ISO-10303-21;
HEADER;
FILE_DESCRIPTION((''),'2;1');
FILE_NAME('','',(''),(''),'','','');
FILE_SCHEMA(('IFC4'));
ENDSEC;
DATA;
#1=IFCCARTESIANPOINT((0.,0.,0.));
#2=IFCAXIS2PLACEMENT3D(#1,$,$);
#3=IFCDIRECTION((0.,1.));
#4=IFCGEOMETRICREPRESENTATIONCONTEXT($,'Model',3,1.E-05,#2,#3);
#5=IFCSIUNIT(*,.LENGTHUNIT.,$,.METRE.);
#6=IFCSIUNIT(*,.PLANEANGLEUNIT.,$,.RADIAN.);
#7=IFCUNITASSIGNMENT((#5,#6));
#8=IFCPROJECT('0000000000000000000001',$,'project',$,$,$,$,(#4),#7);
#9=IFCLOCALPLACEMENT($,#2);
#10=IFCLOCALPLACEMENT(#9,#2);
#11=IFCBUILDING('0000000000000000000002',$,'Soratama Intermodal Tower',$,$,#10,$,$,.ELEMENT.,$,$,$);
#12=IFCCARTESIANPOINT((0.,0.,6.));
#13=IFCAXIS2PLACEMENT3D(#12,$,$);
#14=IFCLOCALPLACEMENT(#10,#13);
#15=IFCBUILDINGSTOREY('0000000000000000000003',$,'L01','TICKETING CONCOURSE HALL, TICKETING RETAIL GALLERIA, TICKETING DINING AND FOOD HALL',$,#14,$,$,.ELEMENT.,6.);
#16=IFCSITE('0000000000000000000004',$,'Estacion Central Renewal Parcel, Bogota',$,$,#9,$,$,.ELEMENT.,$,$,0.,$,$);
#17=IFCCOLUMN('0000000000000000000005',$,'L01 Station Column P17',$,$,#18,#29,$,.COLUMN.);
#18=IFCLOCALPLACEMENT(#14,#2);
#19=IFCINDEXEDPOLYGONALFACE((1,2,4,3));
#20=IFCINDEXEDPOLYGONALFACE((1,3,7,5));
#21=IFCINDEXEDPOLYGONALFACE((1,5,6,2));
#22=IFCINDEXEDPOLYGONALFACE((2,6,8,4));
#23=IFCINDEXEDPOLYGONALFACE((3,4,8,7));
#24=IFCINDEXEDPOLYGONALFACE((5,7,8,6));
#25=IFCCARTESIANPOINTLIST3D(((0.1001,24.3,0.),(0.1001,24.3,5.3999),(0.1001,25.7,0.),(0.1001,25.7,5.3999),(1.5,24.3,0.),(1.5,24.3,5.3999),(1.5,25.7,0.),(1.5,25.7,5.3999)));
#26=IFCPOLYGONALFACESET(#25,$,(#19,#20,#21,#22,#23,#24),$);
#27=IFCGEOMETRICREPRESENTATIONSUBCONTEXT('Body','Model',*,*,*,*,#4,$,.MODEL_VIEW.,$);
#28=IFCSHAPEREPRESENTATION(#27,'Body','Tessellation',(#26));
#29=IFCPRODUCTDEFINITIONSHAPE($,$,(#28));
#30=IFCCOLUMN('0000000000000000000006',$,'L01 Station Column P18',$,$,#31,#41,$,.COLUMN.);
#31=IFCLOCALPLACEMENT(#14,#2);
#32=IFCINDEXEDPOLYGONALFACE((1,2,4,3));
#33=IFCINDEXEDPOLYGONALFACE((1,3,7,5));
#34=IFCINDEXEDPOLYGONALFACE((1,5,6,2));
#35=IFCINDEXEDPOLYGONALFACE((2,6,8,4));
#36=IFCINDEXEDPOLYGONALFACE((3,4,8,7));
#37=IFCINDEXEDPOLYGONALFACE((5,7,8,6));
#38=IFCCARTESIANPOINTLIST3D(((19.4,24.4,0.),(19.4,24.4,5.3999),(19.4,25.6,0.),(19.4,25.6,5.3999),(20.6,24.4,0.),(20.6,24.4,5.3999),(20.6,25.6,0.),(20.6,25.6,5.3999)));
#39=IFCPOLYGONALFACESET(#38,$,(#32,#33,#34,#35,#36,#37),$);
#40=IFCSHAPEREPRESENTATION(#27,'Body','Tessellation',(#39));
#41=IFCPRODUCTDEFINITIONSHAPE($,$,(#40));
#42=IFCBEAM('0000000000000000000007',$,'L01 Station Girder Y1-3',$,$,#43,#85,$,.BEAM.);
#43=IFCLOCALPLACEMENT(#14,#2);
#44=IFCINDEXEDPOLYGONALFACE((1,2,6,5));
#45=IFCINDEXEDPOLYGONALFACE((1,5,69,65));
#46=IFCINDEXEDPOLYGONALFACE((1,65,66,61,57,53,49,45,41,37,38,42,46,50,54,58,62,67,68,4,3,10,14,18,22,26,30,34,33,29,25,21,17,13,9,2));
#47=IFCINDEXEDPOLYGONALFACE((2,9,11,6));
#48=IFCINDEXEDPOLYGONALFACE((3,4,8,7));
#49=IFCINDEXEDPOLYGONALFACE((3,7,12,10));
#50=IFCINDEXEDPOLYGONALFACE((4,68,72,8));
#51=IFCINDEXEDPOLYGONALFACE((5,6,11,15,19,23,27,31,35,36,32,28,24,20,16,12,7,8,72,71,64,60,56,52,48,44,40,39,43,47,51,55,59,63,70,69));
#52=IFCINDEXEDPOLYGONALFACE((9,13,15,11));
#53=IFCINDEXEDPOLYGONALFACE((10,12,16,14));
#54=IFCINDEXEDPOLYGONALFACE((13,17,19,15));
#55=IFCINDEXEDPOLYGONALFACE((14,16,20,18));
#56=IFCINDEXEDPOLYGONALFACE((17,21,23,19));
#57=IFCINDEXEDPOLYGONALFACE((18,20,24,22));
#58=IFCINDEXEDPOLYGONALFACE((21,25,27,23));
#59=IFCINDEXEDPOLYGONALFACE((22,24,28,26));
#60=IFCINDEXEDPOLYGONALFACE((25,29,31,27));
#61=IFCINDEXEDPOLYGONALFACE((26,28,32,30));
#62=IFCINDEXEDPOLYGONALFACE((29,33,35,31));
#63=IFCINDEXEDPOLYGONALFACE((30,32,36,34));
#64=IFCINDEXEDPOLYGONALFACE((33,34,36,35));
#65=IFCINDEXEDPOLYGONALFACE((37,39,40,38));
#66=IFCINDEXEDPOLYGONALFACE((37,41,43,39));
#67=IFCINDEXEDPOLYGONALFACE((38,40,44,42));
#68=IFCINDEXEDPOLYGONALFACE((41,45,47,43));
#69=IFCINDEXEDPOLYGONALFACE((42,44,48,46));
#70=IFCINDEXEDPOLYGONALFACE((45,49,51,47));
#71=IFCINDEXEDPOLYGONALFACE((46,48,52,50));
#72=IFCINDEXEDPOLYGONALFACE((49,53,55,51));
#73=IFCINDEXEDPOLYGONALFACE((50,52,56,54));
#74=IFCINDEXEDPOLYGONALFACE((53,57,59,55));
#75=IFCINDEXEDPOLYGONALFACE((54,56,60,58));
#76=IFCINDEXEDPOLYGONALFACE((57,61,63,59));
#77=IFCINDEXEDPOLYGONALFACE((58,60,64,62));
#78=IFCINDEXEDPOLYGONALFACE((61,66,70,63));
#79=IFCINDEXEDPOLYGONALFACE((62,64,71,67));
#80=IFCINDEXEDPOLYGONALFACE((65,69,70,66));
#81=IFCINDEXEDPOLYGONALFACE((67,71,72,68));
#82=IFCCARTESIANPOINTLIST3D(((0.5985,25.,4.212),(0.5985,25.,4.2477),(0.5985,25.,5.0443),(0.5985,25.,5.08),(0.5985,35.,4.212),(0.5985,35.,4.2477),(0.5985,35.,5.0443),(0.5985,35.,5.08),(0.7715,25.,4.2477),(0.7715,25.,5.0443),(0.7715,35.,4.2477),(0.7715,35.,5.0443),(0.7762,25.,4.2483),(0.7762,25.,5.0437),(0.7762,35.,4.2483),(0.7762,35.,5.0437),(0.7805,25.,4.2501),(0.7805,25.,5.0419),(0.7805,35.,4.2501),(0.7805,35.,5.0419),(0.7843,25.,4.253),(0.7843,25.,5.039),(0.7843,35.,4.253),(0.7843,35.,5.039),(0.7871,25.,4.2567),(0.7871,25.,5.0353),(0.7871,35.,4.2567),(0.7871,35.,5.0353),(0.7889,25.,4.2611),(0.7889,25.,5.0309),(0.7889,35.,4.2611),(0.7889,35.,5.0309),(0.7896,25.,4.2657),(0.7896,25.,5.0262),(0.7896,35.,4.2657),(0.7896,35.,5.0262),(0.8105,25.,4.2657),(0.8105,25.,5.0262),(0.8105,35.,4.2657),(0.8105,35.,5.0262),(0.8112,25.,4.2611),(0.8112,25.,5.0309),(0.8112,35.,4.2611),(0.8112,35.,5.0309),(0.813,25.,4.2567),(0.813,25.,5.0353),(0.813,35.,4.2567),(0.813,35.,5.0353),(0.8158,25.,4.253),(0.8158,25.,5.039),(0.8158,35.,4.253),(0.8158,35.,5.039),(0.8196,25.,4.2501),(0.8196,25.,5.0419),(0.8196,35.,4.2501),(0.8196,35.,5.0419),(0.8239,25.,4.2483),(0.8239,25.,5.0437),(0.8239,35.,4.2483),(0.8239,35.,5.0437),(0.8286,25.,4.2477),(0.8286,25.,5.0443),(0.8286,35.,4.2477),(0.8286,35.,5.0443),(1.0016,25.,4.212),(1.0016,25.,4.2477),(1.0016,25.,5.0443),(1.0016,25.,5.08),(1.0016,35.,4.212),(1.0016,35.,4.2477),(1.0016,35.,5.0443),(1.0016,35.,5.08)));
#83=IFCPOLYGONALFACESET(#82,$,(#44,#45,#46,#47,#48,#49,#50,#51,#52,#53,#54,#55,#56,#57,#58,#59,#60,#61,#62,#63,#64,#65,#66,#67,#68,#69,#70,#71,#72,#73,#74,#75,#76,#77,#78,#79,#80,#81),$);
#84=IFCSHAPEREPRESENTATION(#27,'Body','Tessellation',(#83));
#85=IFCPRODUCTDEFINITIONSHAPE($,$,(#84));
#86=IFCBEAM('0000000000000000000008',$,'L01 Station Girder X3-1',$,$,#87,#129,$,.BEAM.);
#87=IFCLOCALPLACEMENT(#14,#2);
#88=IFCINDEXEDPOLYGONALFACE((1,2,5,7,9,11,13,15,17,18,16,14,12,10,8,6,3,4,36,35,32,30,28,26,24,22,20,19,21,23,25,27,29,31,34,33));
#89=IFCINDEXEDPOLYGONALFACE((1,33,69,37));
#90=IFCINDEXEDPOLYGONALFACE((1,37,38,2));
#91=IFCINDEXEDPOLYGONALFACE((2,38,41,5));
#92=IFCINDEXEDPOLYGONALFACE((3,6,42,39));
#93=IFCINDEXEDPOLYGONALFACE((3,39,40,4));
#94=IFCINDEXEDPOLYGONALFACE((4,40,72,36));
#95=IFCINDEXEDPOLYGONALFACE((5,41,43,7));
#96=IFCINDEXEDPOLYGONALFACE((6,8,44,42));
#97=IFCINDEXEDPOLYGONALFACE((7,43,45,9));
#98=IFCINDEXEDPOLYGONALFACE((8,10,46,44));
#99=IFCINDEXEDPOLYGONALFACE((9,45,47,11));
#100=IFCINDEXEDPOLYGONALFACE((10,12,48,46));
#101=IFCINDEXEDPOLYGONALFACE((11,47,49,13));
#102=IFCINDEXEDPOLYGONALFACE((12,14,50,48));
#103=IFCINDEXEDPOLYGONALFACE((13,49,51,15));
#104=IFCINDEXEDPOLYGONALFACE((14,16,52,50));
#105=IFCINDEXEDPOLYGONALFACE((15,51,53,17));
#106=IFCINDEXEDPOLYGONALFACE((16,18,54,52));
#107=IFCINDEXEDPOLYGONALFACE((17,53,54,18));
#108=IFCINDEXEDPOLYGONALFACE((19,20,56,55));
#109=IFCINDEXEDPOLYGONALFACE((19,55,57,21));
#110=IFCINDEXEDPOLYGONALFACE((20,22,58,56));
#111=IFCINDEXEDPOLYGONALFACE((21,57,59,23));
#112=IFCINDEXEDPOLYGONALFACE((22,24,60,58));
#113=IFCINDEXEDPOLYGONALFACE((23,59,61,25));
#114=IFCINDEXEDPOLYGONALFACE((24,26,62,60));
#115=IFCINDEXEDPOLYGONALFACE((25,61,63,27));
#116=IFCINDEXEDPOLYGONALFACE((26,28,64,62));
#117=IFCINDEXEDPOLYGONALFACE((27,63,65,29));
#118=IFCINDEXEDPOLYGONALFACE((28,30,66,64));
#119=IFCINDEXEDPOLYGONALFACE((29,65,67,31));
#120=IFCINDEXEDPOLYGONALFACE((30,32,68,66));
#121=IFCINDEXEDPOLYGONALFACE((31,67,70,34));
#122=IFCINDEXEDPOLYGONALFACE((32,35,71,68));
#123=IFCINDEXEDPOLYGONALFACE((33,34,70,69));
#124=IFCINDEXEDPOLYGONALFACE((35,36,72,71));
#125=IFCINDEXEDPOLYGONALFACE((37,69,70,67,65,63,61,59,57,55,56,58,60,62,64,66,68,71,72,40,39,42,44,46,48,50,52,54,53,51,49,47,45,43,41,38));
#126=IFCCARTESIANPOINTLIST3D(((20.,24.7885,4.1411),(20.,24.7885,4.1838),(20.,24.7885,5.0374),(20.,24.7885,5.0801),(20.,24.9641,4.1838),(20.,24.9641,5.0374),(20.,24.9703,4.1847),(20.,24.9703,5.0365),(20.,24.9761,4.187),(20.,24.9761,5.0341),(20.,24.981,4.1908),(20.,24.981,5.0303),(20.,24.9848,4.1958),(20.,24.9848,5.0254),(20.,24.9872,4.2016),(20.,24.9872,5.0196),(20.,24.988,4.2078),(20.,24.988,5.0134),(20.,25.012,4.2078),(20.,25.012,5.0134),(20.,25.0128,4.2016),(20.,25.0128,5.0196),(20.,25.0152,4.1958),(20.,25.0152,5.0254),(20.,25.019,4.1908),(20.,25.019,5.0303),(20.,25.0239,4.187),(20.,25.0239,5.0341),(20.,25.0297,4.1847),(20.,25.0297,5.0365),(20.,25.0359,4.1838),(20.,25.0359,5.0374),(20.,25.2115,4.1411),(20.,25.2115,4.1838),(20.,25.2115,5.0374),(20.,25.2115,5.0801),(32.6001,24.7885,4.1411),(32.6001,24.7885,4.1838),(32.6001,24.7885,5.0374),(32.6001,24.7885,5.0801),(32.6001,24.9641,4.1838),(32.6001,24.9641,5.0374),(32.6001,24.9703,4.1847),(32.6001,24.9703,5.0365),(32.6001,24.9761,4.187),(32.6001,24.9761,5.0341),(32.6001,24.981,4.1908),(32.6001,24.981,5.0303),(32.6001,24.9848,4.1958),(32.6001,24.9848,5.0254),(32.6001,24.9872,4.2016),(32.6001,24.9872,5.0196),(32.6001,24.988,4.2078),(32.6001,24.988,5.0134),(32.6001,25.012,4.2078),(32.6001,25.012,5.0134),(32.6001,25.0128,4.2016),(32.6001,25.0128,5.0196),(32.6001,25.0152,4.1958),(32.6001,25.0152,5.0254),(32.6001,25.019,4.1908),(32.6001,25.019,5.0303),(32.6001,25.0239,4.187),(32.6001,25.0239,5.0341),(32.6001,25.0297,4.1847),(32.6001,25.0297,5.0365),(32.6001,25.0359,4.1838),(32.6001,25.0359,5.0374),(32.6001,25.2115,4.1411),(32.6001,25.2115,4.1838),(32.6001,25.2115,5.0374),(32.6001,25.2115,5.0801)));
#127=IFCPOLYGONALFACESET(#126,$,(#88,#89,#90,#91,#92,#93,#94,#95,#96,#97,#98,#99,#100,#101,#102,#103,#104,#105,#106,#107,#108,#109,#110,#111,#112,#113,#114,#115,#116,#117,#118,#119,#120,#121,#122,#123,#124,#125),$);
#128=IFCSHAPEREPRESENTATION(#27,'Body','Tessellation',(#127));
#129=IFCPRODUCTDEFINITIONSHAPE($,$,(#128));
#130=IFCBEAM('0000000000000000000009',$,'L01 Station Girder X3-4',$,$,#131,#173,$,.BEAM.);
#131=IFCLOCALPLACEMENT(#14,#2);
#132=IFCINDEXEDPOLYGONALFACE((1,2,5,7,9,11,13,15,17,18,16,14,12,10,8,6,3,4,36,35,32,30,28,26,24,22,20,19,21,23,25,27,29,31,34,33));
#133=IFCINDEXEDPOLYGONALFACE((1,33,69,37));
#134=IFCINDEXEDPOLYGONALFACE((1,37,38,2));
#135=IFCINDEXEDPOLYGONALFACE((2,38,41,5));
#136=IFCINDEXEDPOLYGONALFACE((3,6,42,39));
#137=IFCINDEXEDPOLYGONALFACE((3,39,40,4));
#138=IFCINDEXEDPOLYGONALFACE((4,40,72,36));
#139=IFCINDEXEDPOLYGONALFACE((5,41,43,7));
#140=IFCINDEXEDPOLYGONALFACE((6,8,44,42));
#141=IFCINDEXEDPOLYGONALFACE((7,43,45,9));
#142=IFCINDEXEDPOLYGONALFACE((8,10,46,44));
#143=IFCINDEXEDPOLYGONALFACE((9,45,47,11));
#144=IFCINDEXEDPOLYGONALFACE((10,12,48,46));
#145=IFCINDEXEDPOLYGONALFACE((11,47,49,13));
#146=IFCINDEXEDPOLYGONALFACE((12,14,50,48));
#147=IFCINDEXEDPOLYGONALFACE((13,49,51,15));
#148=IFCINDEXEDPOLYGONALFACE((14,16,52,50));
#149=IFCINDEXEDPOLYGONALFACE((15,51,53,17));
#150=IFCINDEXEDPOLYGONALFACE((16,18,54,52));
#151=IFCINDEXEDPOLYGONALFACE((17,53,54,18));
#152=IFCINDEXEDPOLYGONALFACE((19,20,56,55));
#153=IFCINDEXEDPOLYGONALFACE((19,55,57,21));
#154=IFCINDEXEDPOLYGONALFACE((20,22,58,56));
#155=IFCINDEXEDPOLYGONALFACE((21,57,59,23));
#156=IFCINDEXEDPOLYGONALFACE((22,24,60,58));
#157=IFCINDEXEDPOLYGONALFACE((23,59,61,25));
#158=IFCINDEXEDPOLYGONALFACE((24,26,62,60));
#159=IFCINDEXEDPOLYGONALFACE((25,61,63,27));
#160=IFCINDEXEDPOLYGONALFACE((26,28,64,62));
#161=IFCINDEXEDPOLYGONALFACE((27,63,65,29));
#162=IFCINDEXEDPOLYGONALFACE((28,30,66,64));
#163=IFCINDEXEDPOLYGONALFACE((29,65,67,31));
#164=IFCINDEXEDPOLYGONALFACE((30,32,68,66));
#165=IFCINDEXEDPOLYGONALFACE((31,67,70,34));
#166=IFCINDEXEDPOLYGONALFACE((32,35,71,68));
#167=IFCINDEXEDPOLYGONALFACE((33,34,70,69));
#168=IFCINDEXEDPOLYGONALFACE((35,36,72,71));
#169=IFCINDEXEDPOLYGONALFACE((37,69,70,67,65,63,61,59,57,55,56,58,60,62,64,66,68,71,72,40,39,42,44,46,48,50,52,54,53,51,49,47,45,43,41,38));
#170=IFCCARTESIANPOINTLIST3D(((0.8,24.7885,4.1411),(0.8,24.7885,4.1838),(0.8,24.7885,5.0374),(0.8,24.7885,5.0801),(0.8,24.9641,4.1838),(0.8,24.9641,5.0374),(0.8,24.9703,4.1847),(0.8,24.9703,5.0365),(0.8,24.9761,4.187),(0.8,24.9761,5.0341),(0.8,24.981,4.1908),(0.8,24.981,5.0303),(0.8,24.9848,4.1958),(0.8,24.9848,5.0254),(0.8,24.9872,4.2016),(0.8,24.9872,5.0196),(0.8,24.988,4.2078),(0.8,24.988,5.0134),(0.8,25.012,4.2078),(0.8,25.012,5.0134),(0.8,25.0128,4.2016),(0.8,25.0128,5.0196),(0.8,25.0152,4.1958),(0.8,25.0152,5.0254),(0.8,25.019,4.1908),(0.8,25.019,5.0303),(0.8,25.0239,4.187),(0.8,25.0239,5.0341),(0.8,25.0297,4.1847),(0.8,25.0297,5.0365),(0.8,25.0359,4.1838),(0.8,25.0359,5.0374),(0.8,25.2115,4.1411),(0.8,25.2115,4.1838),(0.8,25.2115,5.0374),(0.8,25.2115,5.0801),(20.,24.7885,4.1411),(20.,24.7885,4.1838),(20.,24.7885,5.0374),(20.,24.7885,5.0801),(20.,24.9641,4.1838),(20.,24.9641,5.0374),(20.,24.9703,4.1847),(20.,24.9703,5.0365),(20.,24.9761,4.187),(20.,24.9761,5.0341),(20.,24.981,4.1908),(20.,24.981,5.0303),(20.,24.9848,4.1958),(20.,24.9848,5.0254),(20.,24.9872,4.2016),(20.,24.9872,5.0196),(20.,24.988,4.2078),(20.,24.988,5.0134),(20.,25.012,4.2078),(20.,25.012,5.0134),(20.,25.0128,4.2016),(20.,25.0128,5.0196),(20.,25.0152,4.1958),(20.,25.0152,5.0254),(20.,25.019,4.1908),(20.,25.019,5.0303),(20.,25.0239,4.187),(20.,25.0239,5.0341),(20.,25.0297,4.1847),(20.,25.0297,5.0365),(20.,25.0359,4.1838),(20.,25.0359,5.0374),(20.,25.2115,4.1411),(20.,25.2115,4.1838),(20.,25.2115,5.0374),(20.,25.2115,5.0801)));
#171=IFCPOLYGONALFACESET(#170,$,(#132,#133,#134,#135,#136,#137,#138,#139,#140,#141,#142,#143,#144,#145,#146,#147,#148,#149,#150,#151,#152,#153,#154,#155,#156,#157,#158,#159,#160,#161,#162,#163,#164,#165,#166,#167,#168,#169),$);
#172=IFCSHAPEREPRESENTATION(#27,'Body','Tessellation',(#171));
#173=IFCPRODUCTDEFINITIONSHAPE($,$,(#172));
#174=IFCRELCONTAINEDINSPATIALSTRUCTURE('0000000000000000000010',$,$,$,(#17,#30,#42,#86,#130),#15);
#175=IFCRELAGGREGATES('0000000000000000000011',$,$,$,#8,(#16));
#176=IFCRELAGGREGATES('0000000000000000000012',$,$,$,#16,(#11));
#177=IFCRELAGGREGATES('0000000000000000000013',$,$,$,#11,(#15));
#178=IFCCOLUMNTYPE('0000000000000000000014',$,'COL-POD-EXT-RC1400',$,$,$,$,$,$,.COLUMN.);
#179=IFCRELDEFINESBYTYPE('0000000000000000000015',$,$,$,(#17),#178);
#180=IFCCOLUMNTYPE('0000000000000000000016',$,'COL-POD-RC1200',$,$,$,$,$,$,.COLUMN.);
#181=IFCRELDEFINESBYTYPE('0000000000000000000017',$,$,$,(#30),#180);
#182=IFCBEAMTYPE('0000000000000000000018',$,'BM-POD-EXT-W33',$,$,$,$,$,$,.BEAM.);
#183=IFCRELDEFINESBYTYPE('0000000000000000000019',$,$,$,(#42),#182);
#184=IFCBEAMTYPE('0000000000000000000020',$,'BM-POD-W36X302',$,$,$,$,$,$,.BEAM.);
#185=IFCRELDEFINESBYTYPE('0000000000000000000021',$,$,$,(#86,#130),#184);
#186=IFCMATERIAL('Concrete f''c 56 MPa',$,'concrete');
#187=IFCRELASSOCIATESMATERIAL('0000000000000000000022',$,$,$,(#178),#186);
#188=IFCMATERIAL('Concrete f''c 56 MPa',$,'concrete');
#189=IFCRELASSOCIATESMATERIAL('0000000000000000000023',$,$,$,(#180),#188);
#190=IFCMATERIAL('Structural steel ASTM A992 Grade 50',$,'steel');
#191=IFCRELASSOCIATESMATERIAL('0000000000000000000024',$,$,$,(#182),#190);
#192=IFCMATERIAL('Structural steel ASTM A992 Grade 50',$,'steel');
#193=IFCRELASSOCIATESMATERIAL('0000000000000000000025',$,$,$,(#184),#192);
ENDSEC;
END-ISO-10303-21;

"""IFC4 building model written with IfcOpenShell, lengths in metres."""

from ifc_helpers import new_model, si_unit, direction, frame, origin, origin_2d, place, context, subcontext, project, spatial, rectangle, i_section, extrude, material, material_profile, profile_set, type_object, element, save


model = new_model("IFC4")

# Units and contexts
model_context = context("Model", 3, precision=1e-05, world=origin(), true_north=direction((0.0, 1.0)))
body_context = subcontext(model_context, "Body", "Model", "MODEL_VIEW")
ifc_project = project(units=[si_unit("LENGTHUNIT", "METRE"), si_unit("PLANEANGLEUNIT", "RADIAN")], contexts=[model_context])

# Site, building, storey
site_placement = place(None, origin())
site = spatial("IfcSite", under=ifc_project, at=site_placement, Name="Estacion Central Renewal Parcel, Bogota", CompositionType="ELEMENT", RefElevation=0.0)
building_placement = place(site_placement, origin())
building = spatial("IfcBuilding", under=site, at=building_placement, Name="Soratama Intermodal Tower", CompositionType="ELEMENT")
storey_placement = place(building_placement, frame((0.0, 0.0, 6.0)))
storey = spatial("IfcBuildingStorey", under=building, at=storey_placement, Name="L01", Description="TICKETING CONCOURSE HALL, TICKETING RETAIL GALLERIA, TICKETING DINING AND FOOD HALL", CompositionType="ELEMENT", Elevation=6.0)

# Columns
ifc_material_1 = material(Name="Concrete f'c 56 MPa", Category="concrete")
ifc_material_profile_1 = material_profile(ifc_material_1, rectangle(XDim=1.3999, YDim=1.3999, at=origin_2d()), Name="RC1400X1400")
ifc_profile_set_1 = profile_set([ifc_material_profile_1], Name="Concrete f'c 56 MPa")
column_type_1 = type_object("IfcColumnType", Name="COL-POD-EXT-RC1400", PredefinedType="COLUMN", material=ifc_profile_set_1)
column_1_placement = place(storey_placement, frame((0.8, 25.0, 0.0), z_axis=(0.0, 0.0, 1.0), x_axis=(1.0, 0.0, 0.0)))
element("IfcColumn", 1, at=column_1_placement, inside=storey, type_object=column_type_1, Name="L01 Station Column P17", PredefinedType="COLUMN", context=body_context, shape_type="SweptSolid", body=[
    extrude(rectangle(XDim=1.3999, YDim=1.3999, at=origin_2d()), origin(), (0.0, 0.0, 1.0), 5.3999),
])
ifc_material_2 = material(Name="Concrete f'c 56 MPa", Category="concrete")
ifc_material_profile_2 = material_profile(ifc_material_2, rectangle(XDim=1.2, YDim=1.2, at=origin_2d()), Name="RC1200X1200")
ifc_profile_set_2 = profile_set([ifc_material_profile_2], Name="Concrete f'c 56 MPa")
column_type_2 = type_object("IfcColumnType", Name="COL-POD-RC1200", PredefinedType="COLUMN", material=ifc_profile_set_2)
column_2_placement = place(storey_placement, frame((20.0, 25.0, 0.0), z_axis=(0.0, 0.0, 1.0), x_axis=(1.0, 0.0, 0.0)))
element("IfcColumn", 2, at=column_2_placement, inside=storey, type_object=column_type_2, Name="L01 Station Column P18", PredefinedType="COLUMN", context=body_context, shape_type="SweptSolid", body=[
    extrude(rectangle(XDim=1.2, YDim=1.2, at=origin_2d()), origin(), (0.0, 0.0, 1.0), 5.3999),
])

# Beams
ifc_material_3 = material(Name="Structural steel ASTM A992 Grade 50", Category="steel")
ifc_material_profile_3 = material_profile(ifc_material_3, i_section(OverallWidth=0.4031, OverallDepth=0.8679, WebThickness=0.021, FlangeThickness=0.0356, FilletRadius=0.0181, at=origin_2d()), Name="W33X241")
ifc_profile_set_3 = profile_set([ifc_material_profile_3], Name="Structural steel ASTM A992 Grade 50")
beam_type_1 = type_object("IfcBeamType", Name="BM-POD-EXT-W33", PredefinedType="BEAM", material=ifc_profile_set_3)
beam_1_placement = place(storey_placement, frame((0.8, 25.0, 4.646), z_axis=(0.0, 1.0, 0.0), x_axis=(-1.0, 0.0, 0.0)))
element("IfcBeam", 3, at=beam_1_placement, inside=storey, type_object=beam_type_1, Name="L01 Station Girder Y1-3", PredefinedType="BEAM", context=body_context, shape_type="SweptSolid", body=[
    extrude(i_section(OverallWidth=0.4031, OverallDepth=0.8679, WebThickness=0.021, FlangeThickness=0.0356, FilletRadius=0.0181, at=origin_2d()), origin(), (0.0, 0.0, 1.0), 10.0),
])
ifc_material_4 = material(Name="Structural steel ASTM A992 Grade 50", Category="steel")
ifc_material_profile_4 = material_profile(ifc_material_4, i_section(OverallWidth=0.4231, OverallDepth=0.939, WebThickness=0.0239, FlangeThickness=0.0427, FilletRadius=0.0239, at=origin_2d()), Name="W36X302")
ifc_profile_set_4 = profile_set([ifc_material_profile_4], Name="Structural steel ASTM A992 Grade 50")
beam_type_2 = type_object("IfcBeamType", Name="BM-POD-W36X302", PredefinedType="BEAM", material=ifc_profile_set_4)
beam_2_placement = place(storey_placement, frame((20.0, 25.0, 4.6106), z_axis=(1.0, 0.0, 0.0), x_axis=(0.0, 1.0, 0.0)))
element("IfcBeam", 4, at=beam_2_placement, inside=storey, type_object=beam_type_2, Name="L01 Station Girder X3-1", PredefinedType="BEAM", context=body_context, shape_type="SweptSolid", body=[
    extrude(i_section(OverallWidth=0.4231, OverallDepth=0.939, WebThickness=0.0239, FlangeThickness=0.0427, FilletRadius=0.0239, at=origin_2d()), origin(), (0.0, 0.0, 1.0), 12.6001),
])
beam_3_placement = place(storey_placement, frame((0.8, 25.0, 4.6106), z_axis=(1.0, 0.0, 0.0), x_axis=(0.0, 1.0, 0.0)))
element("IfcBeam", 5, at=beam_3_placement, inside=storey, type_object=beam_type_2, Name="L01 Station Girder X3-4", PredefinedType="BEAM", context=body_context, shape_type="SweptSolid", body=[
    extrude(i_section(OverallWidth=0.4231, OverallDepth=0.939, WebThickness=0.0239, FlangeThickness=0.0427, FilletRadius=0.0239, at=origin_2d()), origin(), (0.0, 0.0, 1.0), 19.2),
])

save(model, "model.ifc")
